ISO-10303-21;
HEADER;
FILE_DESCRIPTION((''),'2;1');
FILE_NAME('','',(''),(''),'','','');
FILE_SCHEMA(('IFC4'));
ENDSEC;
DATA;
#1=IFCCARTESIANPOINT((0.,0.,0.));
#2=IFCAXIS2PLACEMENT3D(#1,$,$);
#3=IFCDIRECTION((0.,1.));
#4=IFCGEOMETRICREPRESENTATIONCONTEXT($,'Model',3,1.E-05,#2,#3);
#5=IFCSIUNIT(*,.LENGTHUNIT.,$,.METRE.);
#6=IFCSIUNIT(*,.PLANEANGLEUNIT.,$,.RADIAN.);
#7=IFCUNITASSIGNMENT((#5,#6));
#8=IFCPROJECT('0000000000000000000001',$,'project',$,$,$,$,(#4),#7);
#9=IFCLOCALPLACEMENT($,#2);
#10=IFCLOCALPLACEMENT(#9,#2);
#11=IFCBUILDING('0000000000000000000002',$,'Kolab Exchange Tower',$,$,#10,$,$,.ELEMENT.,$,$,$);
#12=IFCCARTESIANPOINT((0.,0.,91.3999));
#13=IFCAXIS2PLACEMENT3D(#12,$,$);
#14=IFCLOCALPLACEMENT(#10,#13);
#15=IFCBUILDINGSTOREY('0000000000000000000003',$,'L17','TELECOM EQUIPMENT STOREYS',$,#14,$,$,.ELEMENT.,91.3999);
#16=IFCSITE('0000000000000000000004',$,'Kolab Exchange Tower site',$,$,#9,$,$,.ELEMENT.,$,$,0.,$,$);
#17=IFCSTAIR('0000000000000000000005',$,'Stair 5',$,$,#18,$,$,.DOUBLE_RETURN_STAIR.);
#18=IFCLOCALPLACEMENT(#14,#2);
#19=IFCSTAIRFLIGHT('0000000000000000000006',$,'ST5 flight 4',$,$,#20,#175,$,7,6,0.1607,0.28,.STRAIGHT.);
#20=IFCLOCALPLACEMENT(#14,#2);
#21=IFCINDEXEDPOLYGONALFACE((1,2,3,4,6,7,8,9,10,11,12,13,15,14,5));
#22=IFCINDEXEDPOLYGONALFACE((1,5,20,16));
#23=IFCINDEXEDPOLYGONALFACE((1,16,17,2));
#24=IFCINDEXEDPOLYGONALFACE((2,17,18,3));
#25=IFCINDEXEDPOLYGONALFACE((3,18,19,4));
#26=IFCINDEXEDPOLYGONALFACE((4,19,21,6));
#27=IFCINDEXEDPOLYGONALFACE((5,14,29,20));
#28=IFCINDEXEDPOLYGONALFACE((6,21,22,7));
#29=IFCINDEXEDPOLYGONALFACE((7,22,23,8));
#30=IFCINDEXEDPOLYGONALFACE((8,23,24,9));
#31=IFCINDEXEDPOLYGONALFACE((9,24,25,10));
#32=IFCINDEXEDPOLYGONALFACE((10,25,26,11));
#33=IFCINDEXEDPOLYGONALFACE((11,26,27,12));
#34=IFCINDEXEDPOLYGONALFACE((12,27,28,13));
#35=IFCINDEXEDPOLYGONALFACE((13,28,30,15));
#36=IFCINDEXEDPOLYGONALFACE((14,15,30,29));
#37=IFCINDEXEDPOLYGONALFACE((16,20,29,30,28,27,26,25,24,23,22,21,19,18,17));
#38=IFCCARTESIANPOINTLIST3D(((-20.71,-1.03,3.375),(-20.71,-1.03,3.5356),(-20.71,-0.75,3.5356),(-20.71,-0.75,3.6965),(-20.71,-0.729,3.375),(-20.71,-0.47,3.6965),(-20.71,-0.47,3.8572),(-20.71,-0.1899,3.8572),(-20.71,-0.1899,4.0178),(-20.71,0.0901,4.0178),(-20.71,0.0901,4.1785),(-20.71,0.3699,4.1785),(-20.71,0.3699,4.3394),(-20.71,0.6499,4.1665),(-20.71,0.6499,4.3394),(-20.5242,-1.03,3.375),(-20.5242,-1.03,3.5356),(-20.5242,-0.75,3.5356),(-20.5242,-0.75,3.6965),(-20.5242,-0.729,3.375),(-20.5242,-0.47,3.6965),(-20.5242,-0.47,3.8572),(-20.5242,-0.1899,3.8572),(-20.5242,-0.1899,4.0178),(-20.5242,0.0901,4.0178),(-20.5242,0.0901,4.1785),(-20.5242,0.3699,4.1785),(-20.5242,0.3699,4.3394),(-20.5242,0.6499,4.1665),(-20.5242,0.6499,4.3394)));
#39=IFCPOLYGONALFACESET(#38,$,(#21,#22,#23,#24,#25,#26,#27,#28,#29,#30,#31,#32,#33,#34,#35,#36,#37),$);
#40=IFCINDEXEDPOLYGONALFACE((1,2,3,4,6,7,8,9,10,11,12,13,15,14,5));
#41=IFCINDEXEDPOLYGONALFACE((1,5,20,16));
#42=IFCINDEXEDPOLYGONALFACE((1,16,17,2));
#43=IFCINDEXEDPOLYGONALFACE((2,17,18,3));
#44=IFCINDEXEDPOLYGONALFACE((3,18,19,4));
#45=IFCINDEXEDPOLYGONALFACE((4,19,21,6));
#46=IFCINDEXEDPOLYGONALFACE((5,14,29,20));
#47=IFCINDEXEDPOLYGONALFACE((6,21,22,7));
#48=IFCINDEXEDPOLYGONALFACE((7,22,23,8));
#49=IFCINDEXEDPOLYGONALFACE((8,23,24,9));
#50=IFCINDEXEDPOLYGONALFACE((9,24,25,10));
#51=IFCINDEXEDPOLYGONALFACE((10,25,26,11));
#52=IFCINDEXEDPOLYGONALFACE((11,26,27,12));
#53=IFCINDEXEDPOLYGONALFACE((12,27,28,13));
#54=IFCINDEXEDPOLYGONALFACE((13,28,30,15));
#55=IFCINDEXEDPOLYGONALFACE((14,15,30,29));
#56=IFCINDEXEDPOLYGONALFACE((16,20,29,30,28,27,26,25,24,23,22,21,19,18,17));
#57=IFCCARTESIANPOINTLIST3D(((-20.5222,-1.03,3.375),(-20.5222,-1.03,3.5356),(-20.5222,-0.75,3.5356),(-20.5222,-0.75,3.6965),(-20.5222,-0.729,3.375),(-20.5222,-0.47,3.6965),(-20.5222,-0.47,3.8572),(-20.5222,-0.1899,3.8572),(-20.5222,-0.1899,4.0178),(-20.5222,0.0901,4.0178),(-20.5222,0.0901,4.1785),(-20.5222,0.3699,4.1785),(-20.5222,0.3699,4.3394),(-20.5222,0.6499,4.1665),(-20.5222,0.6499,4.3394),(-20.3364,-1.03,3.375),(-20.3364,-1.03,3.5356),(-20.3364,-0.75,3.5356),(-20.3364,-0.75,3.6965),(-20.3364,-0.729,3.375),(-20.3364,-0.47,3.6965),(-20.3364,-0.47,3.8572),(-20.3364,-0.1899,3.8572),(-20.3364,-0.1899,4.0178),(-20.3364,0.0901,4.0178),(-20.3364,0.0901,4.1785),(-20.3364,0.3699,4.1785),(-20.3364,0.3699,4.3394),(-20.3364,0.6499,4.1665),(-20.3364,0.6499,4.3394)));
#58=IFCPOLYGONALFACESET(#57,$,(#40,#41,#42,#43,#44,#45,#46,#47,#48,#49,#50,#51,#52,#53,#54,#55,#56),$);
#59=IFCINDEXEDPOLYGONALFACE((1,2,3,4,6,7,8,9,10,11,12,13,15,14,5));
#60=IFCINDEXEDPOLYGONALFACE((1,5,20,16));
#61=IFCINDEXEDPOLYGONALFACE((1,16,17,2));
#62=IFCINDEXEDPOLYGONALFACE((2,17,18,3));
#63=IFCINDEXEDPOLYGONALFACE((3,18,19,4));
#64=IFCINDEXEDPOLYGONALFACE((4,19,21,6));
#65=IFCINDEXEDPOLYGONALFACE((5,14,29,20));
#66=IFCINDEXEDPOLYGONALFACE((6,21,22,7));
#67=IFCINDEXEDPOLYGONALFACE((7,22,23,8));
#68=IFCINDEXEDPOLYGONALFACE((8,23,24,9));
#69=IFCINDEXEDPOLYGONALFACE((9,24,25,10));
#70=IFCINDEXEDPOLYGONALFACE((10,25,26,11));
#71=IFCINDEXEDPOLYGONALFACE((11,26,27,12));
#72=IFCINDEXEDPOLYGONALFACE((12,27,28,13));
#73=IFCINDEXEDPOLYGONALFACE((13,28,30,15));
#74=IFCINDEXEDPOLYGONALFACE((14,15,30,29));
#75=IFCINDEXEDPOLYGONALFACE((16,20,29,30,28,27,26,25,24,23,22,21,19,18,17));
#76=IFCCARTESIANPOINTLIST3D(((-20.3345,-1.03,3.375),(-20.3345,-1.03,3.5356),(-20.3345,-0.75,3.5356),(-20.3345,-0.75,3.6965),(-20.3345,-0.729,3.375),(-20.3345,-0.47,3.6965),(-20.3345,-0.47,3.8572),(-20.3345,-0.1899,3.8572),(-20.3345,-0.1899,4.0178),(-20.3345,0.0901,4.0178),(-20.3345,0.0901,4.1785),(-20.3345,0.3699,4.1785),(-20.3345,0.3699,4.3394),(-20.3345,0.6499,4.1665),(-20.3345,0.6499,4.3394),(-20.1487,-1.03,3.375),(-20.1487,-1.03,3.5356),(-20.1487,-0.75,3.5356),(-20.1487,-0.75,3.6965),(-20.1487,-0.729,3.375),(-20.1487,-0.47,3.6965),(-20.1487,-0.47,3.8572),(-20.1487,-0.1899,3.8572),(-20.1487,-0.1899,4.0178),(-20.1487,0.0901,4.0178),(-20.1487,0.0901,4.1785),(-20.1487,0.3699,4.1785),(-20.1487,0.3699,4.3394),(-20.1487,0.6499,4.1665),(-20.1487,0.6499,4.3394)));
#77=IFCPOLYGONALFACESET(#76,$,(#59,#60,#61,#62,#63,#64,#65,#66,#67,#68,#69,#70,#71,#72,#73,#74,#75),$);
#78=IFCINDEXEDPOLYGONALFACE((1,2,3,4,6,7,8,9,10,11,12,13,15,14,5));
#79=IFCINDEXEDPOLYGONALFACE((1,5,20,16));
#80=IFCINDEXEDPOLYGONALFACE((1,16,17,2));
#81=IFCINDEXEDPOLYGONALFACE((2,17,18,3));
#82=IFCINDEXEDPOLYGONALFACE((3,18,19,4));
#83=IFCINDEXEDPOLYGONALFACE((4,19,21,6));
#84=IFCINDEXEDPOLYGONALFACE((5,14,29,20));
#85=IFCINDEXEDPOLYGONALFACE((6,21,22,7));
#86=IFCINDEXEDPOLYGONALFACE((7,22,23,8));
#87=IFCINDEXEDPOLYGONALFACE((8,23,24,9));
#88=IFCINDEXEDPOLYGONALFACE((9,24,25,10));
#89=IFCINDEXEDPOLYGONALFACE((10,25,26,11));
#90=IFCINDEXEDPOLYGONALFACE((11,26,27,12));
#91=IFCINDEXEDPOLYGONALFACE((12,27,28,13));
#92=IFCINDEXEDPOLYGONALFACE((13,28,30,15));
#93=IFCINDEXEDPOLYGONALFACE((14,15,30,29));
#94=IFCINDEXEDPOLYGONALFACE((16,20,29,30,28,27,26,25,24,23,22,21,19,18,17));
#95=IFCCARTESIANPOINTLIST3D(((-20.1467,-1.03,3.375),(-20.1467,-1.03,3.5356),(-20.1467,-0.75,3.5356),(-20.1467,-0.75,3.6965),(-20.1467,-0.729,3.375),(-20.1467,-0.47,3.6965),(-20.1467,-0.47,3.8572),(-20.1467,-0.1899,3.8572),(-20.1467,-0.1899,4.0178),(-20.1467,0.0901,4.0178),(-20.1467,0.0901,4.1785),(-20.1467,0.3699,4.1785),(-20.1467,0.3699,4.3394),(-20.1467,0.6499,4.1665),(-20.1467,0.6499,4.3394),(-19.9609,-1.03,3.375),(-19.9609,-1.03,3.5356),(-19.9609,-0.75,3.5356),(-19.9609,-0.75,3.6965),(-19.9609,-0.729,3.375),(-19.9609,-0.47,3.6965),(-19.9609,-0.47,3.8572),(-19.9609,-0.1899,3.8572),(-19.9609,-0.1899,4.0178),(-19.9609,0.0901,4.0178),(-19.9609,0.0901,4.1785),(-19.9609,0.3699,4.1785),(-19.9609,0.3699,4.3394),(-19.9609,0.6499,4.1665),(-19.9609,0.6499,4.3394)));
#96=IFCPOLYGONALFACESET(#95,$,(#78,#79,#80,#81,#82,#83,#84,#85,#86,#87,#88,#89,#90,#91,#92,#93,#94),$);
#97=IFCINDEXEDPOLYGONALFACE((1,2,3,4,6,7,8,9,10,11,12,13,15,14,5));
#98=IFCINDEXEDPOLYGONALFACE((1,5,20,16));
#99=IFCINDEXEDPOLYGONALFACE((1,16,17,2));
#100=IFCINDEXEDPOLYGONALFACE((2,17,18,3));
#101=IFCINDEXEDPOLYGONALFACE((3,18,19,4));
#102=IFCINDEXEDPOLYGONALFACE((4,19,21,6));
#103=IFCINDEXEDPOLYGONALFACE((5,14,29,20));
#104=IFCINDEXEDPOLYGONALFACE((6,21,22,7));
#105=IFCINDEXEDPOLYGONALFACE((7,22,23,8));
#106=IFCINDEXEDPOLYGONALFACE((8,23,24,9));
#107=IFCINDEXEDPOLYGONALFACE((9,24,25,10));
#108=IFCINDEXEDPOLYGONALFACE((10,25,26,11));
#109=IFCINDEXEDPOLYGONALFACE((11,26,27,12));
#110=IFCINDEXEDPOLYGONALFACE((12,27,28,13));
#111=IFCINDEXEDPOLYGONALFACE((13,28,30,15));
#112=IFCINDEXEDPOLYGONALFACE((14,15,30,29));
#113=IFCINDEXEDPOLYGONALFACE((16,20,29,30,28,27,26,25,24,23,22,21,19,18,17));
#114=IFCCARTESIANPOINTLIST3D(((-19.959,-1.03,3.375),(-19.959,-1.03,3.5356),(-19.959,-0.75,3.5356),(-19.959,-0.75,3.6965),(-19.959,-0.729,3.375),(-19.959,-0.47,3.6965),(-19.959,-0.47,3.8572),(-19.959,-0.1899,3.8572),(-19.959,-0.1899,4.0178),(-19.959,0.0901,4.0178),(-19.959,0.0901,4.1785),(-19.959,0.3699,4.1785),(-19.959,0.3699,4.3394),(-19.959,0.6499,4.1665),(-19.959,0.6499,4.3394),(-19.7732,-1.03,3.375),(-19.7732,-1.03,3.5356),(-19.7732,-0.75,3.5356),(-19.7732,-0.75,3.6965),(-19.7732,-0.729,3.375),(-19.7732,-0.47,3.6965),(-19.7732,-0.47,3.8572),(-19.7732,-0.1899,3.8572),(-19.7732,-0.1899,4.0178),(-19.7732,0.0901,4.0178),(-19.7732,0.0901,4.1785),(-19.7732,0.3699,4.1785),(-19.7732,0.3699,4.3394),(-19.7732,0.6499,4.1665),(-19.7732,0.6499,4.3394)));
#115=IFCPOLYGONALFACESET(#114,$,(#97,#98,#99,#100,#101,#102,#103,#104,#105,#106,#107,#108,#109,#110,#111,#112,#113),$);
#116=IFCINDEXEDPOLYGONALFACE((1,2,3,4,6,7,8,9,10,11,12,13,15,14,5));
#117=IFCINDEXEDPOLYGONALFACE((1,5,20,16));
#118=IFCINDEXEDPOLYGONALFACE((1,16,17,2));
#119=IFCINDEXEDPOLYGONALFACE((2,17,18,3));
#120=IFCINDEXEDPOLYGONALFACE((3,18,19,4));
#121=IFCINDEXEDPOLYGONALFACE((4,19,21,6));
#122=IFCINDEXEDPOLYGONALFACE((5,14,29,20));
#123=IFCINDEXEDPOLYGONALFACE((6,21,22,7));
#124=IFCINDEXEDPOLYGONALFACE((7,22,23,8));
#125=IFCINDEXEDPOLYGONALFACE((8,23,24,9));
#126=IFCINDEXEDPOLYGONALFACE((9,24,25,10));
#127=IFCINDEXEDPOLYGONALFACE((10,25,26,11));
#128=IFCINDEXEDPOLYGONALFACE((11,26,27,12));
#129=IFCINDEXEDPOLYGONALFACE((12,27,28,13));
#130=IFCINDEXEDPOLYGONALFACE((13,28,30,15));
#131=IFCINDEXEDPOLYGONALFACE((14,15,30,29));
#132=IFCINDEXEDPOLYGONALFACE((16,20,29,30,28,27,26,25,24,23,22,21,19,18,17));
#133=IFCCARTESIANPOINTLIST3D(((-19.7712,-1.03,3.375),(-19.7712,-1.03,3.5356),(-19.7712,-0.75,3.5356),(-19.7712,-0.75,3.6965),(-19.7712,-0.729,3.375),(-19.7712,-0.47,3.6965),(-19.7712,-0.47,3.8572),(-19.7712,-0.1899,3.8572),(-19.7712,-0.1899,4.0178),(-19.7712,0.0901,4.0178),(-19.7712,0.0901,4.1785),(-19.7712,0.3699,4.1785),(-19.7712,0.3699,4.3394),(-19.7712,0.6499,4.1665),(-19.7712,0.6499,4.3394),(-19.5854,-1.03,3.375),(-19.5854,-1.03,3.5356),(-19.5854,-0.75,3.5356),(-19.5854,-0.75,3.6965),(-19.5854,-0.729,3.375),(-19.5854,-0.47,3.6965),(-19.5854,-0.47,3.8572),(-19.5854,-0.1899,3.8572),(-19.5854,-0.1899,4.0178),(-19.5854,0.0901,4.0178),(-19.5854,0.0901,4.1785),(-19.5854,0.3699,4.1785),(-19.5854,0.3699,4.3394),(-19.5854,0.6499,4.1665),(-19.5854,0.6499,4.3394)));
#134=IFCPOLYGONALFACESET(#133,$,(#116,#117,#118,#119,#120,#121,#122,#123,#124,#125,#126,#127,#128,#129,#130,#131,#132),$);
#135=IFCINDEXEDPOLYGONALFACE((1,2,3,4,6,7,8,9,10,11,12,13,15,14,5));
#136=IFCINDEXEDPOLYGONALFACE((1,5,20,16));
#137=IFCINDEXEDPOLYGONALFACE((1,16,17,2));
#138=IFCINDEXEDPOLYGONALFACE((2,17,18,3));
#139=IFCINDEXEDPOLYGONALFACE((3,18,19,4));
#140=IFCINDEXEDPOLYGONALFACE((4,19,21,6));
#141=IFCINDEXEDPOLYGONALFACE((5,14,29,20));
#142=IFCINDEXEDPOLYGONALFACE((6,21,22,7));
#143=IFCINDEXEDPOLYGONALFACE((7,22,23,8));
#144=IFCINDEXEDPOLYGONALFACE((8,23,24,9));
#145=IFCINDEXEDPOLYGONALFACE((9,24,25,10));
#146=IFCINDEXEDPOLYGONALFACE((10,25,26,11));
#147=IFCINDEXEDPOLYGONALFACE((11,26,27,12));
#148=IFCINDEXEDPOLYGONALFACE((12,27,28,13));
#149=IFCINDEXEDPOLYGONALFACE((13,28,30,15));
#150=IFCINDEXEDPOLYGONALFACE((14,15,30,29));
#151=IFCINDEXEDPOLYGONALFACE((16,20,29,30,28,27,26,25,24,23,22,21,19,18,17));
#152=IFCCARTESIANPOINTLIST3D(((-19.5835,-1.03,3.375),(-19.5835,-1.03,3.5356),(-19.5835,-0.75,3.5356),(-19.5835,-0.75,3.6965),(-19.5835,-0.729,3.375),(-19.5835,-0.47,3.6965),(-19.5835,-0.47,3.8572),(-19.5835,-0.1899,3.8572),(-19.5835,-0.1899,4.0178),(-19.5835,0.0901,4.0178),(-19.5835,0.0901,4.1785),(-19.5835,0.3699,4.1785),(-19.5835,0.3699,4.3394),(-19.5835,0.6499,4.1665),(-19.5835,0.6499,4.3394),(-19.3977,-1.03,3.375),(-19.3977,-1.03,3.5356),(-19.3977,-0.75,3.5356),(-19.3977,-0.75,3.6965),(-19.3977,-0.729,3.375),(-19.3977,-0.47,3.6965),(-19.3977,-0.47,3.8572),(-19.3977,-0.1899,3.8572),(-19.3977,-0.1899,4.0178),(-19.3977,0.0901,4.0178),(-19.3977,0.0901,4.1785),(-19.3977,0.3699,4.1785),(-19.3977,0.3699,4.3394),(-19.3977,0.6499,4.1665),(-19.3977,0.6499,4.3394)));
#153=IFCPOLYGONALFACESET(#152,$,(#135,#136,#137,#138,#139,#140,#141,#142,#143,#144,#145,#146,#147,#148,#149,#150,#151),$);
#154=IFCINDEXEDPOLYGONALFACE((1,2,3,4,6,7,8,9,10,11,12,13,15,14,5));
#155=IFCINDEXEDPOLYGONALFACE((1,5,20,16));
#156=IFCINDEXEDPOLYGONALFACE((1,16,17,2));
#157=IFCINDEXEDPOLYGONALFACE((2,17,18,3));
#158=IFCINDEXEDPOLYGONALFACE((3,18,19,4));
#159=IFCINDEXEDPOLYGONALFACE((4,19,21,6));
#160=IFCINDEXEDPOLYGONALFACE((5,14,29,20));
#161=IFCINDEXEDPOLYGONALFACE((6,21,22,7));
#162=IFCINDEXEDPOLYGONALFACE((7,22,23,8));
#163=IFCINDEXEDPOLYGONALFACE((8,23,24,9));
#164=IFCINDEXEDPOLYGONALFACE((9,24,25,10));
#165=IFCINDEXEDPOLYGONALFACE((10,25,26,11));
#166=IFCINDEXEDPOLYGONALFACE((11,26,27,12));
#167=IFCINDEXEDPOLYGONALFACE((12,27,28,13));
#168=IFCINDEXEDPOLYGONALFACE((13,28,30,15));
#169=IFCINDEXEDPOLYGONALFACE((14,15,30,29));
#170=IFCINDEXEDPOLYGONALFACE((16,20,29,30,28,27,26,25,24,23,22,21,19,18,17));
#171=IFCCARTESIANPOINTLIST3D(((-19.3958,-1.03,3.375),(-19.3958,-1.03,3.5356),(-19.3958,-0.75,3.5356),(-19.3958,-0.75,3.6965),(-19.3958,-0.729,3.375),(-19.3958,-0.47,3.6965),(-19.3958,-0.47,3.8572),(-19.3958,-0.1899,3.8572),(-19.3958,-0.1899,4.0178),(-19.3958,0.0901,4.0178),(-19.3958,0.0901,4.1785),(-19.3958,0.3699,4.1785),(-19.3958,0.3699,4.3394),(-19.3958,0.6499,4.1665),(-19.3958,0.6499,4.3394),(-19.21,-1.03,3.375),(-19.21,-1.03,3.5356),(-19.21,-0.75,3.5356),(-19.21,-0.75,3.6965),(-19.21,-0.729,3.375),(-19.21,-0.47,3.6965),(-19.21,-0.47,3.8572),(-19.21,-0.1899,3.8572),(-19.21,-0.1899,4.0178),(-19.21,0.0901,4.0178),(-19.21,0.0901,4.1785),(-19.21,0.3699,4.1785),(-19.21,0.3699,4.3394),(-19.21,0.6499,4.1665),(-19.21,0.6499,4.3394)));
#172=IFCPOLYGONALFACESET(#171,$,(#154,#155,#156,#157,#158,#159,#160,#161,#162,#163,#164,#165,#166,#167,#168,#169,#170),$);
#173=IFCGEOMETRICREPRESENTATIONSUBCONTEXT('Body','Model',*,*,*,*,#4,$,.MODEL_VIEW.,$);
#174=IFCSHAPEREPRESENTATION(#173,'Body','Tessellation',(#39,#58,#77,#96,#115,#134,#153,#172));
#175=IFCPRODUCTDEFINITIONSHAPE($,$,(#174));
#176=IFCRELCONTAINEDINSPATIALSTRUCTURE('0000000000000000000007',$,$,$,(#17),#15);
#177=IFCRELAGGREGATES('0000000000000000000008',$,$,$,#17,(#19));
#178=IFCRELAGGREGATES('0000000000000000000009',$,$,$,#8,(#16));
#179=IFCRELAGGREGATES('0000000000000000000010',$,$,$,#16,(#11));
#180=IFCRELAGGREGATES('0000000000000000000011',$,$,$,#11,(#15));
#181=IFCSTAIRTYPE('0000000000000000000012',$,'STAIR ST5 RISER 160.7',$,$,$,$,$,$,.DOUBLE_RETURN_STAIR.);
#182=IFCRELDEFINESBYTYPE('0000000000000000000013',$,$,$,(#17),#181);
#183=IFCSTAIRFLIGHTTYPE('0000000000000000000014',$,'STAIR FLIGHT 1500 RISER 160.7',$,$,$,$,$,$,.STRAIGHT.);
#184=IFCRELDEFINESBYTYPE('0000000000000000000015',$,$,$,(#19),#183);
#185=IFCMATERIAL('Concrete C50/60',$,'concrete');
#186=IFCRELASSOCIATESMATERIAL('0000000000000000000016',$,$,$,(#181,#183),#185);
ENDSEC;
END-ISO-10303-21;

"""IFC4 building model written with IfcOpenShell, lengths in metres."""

from ifc_helpers import new_model, si_unit, direction, frame, origin, place, context, subcontext, project, spatial, polyline, outline, extrude, material, type_object, element, aggregate, save


model = new_model("IFC4")

# Units and contexts
model_context = context("Model", 3, precision=1e-05, world=origin(), true_north=direction((0.0, 1.0)))
body_context = subcontext(model_context, "Body", "Model", "MODEL_VIEW")
ifc_project = project(units=[si_unit("LENGTHUNIT", "METRE"), si_unit("PLANEANGLEUNIT", "RADIAN")], contexts=[model_context])

# Site, building, storey
site_placement = place(None, origin())
site = spatial("IfcSite", under=ifc_project, at=site_placement, Name="Kolab Exchange Tower site", CompositionType="ELEMENT", RefElevation=0.0)
building_placement = place(site_placement, origin())
building = spatial("IfcBuilding", under=site, at=building_placement, Name="Kolab Exchange Tower", CompositionType="ELEMENT")
storey_placement = place(building_placement, frame((0.0, 0.0, 91.3999)))
storey = spatial("IfcBuildingStorey", under=building, at=storey_placement, Name="L17", Description="TELECOM EQUIPMENT STOREYS", CompositionType="ELEMENT", Elevation=91.3999)

# Shared definitions
ifc_material_1 = material(Name="Concrete C50/60", Category="concrete")

# Stair, stair flight
stair_type = type_object("IfcStairType", Name="STAIR ST5 RISER 160.7", PredefinedType="DOUBLE_RETURN_STAIR", material=ifc_material_1)
stair_placement = place(storey_placement, origin())
stair = element("IfcStair", 1, at=stair_placement, inside=storey, type_object=stair_type, Name="Stair 5", PredefinedType="DOUBLE_RETURN_STAIR")
stair_flight_type = type_object("IfcStairFlightType", Name="STAIR FLIGHT 1500 RISER 160.7", PredefinedType="STRAIGHT", material=ifc_material_1)
stair_flight_1_placement = place(storey_placement, frame((-19.96, -1.03, 3.375), z_axis=(0.0, 0.0, 1.0), x_axis=(0.0, 1.0, 0.0)))
stair_flight_1 = element("IfcStairFlight", 2, at=stair_flight_1_placement, type_object=stair_flight_type, Name="ST5 flight 4", NumberOfRisers=7, NumberOfTreads=6, PredefinedType="STRAIGHT", RiserHeight=0.1607, TreadLength=0.28, context=body_context, shape_type="SweptSolid", body=[
    extrude(outline(polyline([(0.0, 0.0), (0.0, 0.1606), (0.28, 0.1606), (0.28, 0.3215), (0.5601, 0.3215), (0.5601, 0.4822), (0.8401, 0.4822), (0.8401, 0.6428), (1.1201, 0.6428), (1.1201, 0.8035), (1.3999, 0.8035), (1.3999, 0.9644), (1.6799, 0.9644), (1.6799, 1.125), (1.6799, 0.7915), (0.301, 0.0), (0.0, 0.0)])), frame((0.0, 0.75, 0.0), z_axis=(0.0, -1.0, 0.0), x_axis=(1.0, 0.0, 0.0)), (0.0, 0.0, 1.0), 0.1858),
    extrude(outline(polyline([(0.0, 0.0), (0.0, 0.1606), (0.28, 0.1606), (0.28, 0.3215), (0.5601, 0.3215), (0.5601, 0.4822), (0.8401, 0.4822), (0.8401, 0.6428), (1.1201, 0.6428), (1.1201, 0.8035), (1.3999, 0.8035), (1.3999, 0.9644), (1.6799, 0.9644), (1.6799, 1.125), (1.6799, 0.7915), (0.301, 0.0), (0.0, 0.0)])), frame((0.0, 0.5623, 0.0), z_axis=(0.0, -1.0, 0.0), x_axis=(1.0, 0.0, 0.0)), (0.0, 0.0, 1.0), 0.1858),
    extrude(outline(polyline([(0.0, 0.0), (0.0, 0.1606), (0.28, 0.1606), (0.28, 0.3215), (0.5601, 0.3215), (0.5601, 0.4822), (0.8401, 0.4822), (0.8401, 0.6428), (1.1201, 0.6428), (1.1201, 0.8035), (1.3999, 0.8035), (1.3999, 0.9644), (1.6799, 0.9644), (1.6799, 1.125), (1.6799, 0.7915), (0.301, 0.0), (0.0, 0.0)])), frame((0.0, 0.3745, 0.0), z_axis=(0.0, -1.0, 0.0), x_axis=(1.0, 0.0, 0.0)), (0.0, 0.0, 1.0), 0.1858),
    extrude(outline(polyline([(0.0, 0.0), (0.0, 0.1606), (0.28, 0.1606), (0.28, 0.3215), (0.5601, 0.3215), (0.5601, 0.4822), (0.8401, 0.4822), (0.8401, 0.6428), (1.1201, 0.6428), (1.1201, 0.8035), (1.3999, 0.8035), (1.3999, 0.9644), (1.6799, 0.9644), (1.6799, 1.125), (1.6799, 0.7915), (0.301, 0.0), (0.0, 0.0)])), frame((0.0, 0.1868, 0.0), z_axis=(0.0, -1.0, 0.0), x_axis=(1.0, 0.0, 0.0)), (0.0, 0.0, 1.0), 0.1858),
    extrude(outline(polyline([(0.0, 0.0), (0.0, 0.1606), (0.28, 0.1606), (0.28, 0.3215), (0.5601, 0.3215), (0.5601, 0.4822), (0.8401, 0.4822), (0.8401, 0.6428), (1.1201, 0.6428), (1.1201, 0.8035), (1.3999, 0.8035), (1.3999, 0.9644), (1.6799, 0.9644), (1.6799, 1.125), (1.6799, 0.7915), (0.301, 0.0), (0.0, 0.0)])), frame((0.0, -0.001, 0.0), z_axis=(0.0, -1.0, 0.0), x_axis=(1.0, 0.0, 0.0)), (0.0, 0.0, 1.0), 0.1858),
    extrude(outline(polyline([(0.0, 0.0), (0.0, 0.1606), (0.28, 0.1606), (0.28, 0.3215), (0.5601, 0.3215), (0.5601, 0.4822), (0.8401, 0.4822), (0.8401, 0.6428), (1.1201, 0.6428), (1.1201, 0.8035), (1.3999, 0.8035), (1.3999, 0.9644), (1.6799, 0.9644), (1.6799, 1.125), (1.6799, 0.7915), (0.301, 0.0), (0.0, 0.0)])), frame((0.0, -0.1887, 0.0), z_axis=(0.0, -1.0, 0.0), x_axis=(1.0, 0.0, 0.0)), (0.0, 0.0, 1.0), 0.1858),
    extrude(outline(polyline([(0.0, 0.0), (0.0, 0.1606), (0.28, 0.1606), (0.28, 0.3215), (0.5601, 0.3215), (0.5601, 0.4822), (0.8401, 0.4822), (0.8401, 0.6428), (1.1201, 0.6428), (1.1201, 0.8035), (1.3999, 0.8035), (1.3999, 0.9644), (1.6799, 0.9644), (1.6799, 1.125), (1.6799, 0.7915), (0.301, 0.0), (0.0, 0.0)])), frame((0.0, -0.3765, 0.0), z_axis=(0.0, -1.0, 0.0), x_axis=(1.0, 0.0, 0.0)), (0.0, 0.0, 1.0), 0.1858),
    extrude(outline(polyline([(0.0, 0.0), (0.0, 0.1606), (0.28, 0.1606), (0.28, 0.3215), (0.5601, 0.3215), (0.5601, 0.4822), (0.8401, 0.4822), (0.8401, 0.6428), (1.1201, 0.6428), (1.1201, 0.8035), (1.3999, 0.8035), (1.3999, 0.9644), (1.6799, 0.9644), (1.6799, 1.125), (1.6799, 0.7915), (0.301, 0.0), (0.0, 0.0)])), frame((0.0, -0.5642, 0.0), z_axis=(0.0, -1.0, 0.0), x_axis=(1.0, 0.0, 0.0)), (0.0, 0.0, 1.0), 0.1858),
])
aggregate(stair, [stair_flight_1])

save(model, "model.ifc")
